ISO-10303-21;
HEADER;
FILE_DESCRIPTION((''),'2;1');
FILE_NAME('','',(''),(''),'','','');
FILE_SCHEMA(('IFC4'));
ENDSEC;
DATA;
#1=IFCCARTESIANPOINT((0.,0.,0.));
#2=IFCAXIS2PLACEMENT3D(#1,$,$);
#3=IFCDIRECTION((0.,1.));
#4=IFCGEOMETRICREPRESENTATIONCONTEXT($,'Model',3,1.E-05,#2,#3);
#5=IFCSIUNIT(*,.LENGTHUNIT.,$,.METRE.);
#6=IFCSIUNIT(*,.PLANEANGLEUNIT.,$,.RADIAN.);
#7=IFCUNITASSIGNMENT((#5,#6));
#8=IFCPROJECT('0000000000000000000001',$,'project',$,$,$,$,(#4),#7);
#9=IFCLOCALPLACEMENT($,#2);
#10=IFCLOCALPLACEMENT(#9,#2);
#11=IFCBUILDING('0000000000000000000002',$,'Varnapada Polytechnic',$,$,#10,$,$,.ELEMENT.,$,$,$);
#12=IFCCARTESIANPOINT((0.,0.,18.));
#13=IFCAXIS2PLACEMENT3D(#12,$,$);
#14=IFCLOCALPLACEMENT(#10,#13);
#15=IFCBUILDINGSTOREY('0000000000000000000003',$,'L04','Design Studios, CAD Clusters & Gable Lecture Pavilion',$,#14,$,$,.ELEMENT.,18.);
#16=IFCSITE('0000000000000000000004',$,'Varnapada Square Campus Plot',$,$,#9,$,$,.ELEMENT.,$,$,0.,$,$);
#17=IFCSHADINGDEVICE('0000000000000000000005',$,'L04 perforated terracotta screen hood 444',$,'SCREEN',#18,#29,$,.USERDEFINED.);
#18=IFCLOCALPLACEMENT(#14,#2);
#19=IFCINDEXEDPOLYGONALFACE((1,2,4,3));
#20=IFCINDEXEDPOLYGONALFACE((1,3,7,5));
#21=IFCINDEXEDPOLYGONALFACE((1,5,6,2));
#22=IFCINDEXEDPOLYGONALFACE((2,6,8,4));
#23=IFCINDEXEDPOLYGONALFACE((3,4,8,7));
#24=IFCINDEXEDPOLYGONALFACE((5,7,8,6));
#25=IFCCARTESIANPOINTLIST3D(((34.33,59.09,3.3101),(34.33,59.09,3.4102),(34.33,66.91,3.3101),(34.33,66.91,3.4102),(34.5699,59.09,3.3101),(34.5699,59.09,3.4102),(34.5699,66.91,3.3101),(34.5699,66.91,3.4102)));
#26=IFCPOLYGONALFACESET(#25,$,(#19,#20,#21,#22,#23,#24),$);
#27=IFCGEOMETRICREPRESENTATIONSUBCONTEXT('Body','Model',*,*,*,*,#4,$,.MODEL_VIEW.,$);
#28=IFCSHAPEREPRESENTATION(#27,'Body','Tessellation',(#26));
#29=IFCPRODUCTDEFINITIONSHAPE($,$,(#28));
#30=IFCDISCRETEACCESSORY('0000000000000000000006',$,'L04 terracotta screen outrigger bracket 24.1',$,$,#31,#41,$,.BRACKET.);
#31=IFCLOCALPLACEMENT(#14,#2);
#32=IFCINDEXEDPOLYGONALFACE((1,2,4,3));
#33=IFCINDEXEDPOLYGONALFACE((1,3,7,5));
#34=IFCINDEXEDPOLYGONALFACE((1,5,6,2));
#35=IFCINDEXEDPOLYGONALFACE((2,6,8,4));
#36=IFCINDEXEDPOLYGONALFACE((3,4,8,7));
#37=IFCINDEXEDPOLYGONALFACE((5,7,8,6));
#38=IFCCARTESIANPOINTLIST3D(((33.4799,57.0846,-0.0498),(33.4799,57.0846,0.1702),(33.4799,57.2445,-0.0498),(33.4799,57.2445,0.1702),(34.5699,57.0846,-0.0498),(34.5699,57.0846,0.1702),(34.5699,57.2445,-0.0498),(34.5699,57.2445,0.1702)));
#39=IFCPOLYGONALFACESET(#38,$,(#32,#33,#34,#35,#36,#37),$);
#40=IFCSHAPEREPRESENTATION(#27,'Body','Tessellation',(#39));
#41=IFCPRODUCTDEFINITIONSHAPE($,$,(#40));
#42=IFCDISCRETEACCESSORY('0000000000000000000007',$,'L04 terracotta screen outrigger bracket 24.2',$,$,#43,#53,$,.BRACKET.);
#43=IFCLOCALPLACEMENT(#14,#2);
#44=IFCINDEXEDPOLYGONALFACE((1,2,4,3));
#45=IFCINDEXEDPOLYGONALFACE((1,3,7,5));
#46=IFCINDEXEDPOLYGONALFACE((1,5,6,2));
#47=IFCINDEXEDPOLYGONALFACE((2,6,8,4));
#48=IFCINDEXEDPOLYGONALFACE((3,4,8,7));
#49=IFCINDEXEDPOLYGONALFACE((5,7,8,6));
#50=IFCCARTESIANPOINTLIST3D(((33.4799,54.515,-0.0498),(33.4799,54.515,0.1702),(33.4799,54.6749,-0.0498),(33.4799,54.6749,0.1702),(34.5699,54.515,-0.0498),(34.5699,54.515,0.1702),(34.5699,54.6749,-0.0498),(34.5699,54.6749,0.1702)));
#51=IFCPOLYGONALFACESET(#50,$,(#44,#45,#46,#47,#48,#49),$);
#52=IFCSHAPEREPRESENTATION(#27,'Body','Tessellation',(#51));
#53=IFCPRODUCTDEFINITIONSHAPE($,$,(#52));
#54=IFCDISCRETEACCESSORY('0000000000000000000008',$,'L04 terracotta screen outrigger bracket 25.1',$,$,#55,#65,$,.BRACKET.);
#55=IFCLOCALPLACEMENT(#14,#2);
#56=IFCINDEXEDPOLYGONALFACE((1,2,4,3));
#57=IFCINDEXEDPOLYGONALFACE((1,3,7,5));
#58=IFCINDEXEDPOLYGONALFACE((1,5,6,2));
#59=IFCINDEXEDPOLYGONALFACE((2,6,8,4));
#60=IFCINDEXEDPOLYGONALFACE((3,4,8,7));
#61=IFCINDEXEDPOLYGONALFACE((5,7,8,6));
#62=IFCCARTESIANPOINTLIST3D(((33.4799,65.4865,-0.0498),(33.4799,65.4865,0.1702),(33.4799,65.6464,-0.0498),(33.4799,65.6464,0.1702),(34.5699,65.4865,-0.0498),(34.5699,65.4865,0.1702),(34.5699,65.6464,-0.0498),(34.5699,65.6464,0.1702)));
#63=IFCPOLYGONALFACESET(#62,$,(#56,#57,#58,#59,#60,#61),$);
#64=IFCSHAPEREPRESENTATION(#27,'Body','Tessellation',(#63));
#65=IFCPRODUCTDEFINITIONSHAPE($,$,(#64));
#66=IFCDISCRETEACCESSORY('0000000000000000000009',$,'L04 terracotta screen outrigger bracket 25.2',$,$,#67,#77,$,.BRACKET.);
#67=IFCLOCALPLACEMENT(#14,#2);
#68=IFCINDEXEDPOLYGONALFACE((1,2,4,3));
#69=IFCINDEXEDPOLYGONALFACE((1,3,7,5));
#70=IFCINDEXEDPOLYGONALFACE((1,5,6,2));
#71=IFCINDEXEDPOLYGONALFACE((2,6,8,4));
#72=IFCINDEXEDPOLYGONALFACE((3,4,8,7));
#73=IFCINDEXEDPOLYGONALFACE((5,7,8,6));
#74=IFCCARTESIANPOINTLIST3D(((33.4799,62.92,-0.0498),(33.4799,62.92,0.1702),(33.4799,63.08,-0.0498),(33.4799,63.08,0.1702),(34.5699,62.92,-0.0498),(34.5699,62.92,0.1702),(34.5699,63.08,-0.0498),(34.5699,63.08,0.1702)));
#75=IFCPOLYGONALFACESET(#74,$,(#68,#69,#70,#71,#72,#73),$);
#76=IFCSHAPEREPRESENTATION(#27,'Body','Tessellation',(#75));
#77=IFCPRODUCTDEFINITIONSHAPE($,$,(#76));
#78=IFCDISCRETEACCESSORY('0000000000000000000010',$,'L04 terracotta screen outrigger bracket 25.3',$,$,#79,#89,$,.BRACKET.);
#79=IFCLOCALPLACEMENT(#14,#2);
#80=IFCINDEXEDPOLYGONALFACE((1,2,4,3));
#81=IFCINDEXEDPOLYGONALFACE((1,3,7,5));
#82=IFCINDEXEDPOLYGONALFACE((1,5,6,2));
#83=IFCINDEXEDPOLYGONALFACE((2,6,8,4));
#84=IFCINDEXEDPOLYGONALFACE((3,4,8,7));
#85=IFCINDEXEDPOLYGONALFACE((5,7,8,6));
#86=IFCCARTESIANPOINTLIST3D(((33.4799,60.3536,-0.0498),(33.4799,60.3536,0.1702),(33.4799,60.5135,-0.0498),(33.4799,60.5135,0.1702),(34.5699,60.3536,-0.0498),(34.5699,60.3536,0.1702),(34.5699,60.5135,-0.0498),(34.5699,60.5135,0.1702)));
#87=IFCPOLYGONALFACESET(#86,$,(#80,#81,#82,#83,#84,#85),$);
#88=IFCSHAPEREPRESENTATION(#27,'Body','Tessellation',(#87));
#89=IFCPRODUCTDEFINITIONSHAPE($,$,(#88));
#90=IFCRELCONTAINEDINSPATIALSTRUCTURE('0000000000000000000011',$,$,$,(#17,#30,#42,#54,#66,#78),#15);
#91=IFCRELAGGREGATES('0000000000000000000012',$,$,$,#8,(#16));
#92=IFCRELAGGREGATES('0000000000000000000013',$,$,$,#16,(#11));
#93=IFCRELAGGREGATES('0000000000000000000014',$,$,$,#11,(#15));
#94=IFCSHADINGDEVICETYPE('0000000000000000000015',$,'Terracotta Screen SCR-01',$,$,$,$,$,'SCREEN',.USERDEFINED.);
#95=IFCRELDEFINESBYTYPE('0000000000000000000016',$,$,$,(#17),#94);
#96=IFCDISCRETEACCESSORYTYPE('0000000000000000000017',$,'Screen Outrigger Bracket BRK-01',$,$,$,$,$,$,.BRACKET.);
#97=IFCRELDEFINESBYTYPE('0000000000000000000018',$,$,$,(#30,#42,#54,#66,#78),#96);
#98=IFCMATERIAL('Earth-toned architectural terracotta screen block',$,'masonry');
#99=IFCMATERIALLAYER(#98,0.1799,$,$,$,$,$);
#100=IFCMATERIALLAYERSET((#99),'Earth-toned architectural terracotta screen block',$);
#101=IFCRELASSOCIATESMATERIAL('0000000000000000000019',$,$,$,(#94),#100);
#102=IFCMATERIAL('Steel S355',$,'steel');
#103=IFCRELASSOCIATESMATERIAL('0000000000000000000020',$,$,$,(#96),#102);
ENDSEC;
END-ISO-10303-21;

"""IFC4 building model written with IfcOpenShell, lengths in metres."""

from ifc_helpers import new_model, si_unit, direction, frame, origin, origin_2d, place, context, subcontext, project, spatial, rectangle, extrude, material, layer, layer_set, type_object, element, save


model = new_model("IFC4")

# Units and contexts
model_context = context("Model", 3, precision=1e-05, world=origin(), true_north=direction((0.0, 1.0)))
body_context = subcontext(model_context, "Body", "Model", "MODEL_VIEW")
ifc_project = project(units=[si_unit("LENGTHUNIT", "METRE"), si_unit("PLANEANGLEUNIT", "RADIAN")], contexts=[model_context])

# Site, building, storey
site_placement = place(None, origin())
site = spatial("IfcSite", under=ifc_project, at=site_placement, Name="Varnapada Square Campus Plot", CompositionType="ELEMENT", RefElevation=0.0)
building_placement = place(site_placement, origin())
building = spatial("IfcBuilding", under=site, at=building_placement, Name="Varnapada Polytechnic", CompositionType="ELEMENT")
storey_placement = place(building_placement, frame((0.0, 0.0, 18.0)))
storey = spatial("IfcBuildingStorey", under=building, at=storey_placement, Name="L04", Description="Design Studios, CAD Clusters & Gable Lecture Pavilion", CompositionType="ELEMENT", Elevation=18.0)

# Shared definitions
ifc_material_1 = material(Name="Earth-toned architectural terracotta screen block", Category="masonry")

# Shading device
ifc_layer_1 = layer(ifc_material_1, 0.1799)
ifc_layer_set_1 = layer_set([ifc_layer_1], Name="Earth-toned architectural terracotta screen block")
shading_device_type = type_object("IfcShadingDeviceType", Name="Terracotta Screen SCR-01", ElementType="SCREEN", PredefinedType="USERDEFINED", material=ifc_layer_set_1)
shading_device_1_placement = place(storey_placement, frame((34.45, 63.0, 3.3101), z_axis=(0.0, 0.0, 1.0), x_axis=(0.0, -1.0, 0.0)))
element("IfcShadingDevice", 1, at=shading_device_1_placement, inside=storey, type_object=shading_device_type, Name="L04 perforated terracotta screen hood 444", ObjectType="SCREEN", PredefinedType="USERDEFINED", context=body_context, shape_type="SweptSolid", body=[
    extrude(rectangle(XDim=7.8201, YDim=0.24, at=origin_2d()), origin(), (0.0, 0.0, 1.0), 0.1001),
])

# Discrete accessories
ifc_material_2 = material(Name="Steel S355", Category="steel")
discrete_accessory_type = type_object("IfcDiscreteAccessoryType", Name="Screen Outrigger Bracket BRK-01", PredefinedType="BRACKET", material=ifc_material_2)
for number, where, z_axis, x_axis, name in (
    (2, (34.0249, 57.1646, -0.0498), (0.0, 0.0, 1.0), (0.0, -1.0, 0.0), "L04 terracotta screen outrigger bracket 24.1"),
    (3, (34.0249, 54.595, -0.0498), (0.0, 0.0, 1.0), (0.0, -1.0, 0.0), "L04 terracotta screen outrigger bracket 24.2"),
    (4, (34.0249, 65.5664, -0.0498), (0.0, 0.0, 1.0), (0.0, -1.0, 0.0), "L04 terracotta screen outrigger bracket 25.1"),
    (5, (34.0249, 63.0, -0.0498), (0.0, 0.0, 1.0), (0.0, -1.0, 0.0), "L04 terracotta screen outrigger bracket 25.2"),
    (6, (34.0249, 60.4336, -0.0498), (0.0, 0.0, 1.0), (0.0, -1.0, 0.0), "L04 terracotta screen outrigger bracket 25.3"),
):
    element("IfcDiscreteAccessory", number, at=place(storey_placement, frame(where, z_axis=z_axis, x_axis=x_axis)), inside=storey, type_object=discrete_accessory_type, Name=name, PredefinedType="BRACKET", context=body_context, shape_type="SweptSolid", body=[
        extrude(rectangle(XDim=0.1599, YDim=1.0901, at=origin_2d()), origin(), (0.0, 0.0, 1.0), 0.22),
    ])

save(model, "model.ifc")
